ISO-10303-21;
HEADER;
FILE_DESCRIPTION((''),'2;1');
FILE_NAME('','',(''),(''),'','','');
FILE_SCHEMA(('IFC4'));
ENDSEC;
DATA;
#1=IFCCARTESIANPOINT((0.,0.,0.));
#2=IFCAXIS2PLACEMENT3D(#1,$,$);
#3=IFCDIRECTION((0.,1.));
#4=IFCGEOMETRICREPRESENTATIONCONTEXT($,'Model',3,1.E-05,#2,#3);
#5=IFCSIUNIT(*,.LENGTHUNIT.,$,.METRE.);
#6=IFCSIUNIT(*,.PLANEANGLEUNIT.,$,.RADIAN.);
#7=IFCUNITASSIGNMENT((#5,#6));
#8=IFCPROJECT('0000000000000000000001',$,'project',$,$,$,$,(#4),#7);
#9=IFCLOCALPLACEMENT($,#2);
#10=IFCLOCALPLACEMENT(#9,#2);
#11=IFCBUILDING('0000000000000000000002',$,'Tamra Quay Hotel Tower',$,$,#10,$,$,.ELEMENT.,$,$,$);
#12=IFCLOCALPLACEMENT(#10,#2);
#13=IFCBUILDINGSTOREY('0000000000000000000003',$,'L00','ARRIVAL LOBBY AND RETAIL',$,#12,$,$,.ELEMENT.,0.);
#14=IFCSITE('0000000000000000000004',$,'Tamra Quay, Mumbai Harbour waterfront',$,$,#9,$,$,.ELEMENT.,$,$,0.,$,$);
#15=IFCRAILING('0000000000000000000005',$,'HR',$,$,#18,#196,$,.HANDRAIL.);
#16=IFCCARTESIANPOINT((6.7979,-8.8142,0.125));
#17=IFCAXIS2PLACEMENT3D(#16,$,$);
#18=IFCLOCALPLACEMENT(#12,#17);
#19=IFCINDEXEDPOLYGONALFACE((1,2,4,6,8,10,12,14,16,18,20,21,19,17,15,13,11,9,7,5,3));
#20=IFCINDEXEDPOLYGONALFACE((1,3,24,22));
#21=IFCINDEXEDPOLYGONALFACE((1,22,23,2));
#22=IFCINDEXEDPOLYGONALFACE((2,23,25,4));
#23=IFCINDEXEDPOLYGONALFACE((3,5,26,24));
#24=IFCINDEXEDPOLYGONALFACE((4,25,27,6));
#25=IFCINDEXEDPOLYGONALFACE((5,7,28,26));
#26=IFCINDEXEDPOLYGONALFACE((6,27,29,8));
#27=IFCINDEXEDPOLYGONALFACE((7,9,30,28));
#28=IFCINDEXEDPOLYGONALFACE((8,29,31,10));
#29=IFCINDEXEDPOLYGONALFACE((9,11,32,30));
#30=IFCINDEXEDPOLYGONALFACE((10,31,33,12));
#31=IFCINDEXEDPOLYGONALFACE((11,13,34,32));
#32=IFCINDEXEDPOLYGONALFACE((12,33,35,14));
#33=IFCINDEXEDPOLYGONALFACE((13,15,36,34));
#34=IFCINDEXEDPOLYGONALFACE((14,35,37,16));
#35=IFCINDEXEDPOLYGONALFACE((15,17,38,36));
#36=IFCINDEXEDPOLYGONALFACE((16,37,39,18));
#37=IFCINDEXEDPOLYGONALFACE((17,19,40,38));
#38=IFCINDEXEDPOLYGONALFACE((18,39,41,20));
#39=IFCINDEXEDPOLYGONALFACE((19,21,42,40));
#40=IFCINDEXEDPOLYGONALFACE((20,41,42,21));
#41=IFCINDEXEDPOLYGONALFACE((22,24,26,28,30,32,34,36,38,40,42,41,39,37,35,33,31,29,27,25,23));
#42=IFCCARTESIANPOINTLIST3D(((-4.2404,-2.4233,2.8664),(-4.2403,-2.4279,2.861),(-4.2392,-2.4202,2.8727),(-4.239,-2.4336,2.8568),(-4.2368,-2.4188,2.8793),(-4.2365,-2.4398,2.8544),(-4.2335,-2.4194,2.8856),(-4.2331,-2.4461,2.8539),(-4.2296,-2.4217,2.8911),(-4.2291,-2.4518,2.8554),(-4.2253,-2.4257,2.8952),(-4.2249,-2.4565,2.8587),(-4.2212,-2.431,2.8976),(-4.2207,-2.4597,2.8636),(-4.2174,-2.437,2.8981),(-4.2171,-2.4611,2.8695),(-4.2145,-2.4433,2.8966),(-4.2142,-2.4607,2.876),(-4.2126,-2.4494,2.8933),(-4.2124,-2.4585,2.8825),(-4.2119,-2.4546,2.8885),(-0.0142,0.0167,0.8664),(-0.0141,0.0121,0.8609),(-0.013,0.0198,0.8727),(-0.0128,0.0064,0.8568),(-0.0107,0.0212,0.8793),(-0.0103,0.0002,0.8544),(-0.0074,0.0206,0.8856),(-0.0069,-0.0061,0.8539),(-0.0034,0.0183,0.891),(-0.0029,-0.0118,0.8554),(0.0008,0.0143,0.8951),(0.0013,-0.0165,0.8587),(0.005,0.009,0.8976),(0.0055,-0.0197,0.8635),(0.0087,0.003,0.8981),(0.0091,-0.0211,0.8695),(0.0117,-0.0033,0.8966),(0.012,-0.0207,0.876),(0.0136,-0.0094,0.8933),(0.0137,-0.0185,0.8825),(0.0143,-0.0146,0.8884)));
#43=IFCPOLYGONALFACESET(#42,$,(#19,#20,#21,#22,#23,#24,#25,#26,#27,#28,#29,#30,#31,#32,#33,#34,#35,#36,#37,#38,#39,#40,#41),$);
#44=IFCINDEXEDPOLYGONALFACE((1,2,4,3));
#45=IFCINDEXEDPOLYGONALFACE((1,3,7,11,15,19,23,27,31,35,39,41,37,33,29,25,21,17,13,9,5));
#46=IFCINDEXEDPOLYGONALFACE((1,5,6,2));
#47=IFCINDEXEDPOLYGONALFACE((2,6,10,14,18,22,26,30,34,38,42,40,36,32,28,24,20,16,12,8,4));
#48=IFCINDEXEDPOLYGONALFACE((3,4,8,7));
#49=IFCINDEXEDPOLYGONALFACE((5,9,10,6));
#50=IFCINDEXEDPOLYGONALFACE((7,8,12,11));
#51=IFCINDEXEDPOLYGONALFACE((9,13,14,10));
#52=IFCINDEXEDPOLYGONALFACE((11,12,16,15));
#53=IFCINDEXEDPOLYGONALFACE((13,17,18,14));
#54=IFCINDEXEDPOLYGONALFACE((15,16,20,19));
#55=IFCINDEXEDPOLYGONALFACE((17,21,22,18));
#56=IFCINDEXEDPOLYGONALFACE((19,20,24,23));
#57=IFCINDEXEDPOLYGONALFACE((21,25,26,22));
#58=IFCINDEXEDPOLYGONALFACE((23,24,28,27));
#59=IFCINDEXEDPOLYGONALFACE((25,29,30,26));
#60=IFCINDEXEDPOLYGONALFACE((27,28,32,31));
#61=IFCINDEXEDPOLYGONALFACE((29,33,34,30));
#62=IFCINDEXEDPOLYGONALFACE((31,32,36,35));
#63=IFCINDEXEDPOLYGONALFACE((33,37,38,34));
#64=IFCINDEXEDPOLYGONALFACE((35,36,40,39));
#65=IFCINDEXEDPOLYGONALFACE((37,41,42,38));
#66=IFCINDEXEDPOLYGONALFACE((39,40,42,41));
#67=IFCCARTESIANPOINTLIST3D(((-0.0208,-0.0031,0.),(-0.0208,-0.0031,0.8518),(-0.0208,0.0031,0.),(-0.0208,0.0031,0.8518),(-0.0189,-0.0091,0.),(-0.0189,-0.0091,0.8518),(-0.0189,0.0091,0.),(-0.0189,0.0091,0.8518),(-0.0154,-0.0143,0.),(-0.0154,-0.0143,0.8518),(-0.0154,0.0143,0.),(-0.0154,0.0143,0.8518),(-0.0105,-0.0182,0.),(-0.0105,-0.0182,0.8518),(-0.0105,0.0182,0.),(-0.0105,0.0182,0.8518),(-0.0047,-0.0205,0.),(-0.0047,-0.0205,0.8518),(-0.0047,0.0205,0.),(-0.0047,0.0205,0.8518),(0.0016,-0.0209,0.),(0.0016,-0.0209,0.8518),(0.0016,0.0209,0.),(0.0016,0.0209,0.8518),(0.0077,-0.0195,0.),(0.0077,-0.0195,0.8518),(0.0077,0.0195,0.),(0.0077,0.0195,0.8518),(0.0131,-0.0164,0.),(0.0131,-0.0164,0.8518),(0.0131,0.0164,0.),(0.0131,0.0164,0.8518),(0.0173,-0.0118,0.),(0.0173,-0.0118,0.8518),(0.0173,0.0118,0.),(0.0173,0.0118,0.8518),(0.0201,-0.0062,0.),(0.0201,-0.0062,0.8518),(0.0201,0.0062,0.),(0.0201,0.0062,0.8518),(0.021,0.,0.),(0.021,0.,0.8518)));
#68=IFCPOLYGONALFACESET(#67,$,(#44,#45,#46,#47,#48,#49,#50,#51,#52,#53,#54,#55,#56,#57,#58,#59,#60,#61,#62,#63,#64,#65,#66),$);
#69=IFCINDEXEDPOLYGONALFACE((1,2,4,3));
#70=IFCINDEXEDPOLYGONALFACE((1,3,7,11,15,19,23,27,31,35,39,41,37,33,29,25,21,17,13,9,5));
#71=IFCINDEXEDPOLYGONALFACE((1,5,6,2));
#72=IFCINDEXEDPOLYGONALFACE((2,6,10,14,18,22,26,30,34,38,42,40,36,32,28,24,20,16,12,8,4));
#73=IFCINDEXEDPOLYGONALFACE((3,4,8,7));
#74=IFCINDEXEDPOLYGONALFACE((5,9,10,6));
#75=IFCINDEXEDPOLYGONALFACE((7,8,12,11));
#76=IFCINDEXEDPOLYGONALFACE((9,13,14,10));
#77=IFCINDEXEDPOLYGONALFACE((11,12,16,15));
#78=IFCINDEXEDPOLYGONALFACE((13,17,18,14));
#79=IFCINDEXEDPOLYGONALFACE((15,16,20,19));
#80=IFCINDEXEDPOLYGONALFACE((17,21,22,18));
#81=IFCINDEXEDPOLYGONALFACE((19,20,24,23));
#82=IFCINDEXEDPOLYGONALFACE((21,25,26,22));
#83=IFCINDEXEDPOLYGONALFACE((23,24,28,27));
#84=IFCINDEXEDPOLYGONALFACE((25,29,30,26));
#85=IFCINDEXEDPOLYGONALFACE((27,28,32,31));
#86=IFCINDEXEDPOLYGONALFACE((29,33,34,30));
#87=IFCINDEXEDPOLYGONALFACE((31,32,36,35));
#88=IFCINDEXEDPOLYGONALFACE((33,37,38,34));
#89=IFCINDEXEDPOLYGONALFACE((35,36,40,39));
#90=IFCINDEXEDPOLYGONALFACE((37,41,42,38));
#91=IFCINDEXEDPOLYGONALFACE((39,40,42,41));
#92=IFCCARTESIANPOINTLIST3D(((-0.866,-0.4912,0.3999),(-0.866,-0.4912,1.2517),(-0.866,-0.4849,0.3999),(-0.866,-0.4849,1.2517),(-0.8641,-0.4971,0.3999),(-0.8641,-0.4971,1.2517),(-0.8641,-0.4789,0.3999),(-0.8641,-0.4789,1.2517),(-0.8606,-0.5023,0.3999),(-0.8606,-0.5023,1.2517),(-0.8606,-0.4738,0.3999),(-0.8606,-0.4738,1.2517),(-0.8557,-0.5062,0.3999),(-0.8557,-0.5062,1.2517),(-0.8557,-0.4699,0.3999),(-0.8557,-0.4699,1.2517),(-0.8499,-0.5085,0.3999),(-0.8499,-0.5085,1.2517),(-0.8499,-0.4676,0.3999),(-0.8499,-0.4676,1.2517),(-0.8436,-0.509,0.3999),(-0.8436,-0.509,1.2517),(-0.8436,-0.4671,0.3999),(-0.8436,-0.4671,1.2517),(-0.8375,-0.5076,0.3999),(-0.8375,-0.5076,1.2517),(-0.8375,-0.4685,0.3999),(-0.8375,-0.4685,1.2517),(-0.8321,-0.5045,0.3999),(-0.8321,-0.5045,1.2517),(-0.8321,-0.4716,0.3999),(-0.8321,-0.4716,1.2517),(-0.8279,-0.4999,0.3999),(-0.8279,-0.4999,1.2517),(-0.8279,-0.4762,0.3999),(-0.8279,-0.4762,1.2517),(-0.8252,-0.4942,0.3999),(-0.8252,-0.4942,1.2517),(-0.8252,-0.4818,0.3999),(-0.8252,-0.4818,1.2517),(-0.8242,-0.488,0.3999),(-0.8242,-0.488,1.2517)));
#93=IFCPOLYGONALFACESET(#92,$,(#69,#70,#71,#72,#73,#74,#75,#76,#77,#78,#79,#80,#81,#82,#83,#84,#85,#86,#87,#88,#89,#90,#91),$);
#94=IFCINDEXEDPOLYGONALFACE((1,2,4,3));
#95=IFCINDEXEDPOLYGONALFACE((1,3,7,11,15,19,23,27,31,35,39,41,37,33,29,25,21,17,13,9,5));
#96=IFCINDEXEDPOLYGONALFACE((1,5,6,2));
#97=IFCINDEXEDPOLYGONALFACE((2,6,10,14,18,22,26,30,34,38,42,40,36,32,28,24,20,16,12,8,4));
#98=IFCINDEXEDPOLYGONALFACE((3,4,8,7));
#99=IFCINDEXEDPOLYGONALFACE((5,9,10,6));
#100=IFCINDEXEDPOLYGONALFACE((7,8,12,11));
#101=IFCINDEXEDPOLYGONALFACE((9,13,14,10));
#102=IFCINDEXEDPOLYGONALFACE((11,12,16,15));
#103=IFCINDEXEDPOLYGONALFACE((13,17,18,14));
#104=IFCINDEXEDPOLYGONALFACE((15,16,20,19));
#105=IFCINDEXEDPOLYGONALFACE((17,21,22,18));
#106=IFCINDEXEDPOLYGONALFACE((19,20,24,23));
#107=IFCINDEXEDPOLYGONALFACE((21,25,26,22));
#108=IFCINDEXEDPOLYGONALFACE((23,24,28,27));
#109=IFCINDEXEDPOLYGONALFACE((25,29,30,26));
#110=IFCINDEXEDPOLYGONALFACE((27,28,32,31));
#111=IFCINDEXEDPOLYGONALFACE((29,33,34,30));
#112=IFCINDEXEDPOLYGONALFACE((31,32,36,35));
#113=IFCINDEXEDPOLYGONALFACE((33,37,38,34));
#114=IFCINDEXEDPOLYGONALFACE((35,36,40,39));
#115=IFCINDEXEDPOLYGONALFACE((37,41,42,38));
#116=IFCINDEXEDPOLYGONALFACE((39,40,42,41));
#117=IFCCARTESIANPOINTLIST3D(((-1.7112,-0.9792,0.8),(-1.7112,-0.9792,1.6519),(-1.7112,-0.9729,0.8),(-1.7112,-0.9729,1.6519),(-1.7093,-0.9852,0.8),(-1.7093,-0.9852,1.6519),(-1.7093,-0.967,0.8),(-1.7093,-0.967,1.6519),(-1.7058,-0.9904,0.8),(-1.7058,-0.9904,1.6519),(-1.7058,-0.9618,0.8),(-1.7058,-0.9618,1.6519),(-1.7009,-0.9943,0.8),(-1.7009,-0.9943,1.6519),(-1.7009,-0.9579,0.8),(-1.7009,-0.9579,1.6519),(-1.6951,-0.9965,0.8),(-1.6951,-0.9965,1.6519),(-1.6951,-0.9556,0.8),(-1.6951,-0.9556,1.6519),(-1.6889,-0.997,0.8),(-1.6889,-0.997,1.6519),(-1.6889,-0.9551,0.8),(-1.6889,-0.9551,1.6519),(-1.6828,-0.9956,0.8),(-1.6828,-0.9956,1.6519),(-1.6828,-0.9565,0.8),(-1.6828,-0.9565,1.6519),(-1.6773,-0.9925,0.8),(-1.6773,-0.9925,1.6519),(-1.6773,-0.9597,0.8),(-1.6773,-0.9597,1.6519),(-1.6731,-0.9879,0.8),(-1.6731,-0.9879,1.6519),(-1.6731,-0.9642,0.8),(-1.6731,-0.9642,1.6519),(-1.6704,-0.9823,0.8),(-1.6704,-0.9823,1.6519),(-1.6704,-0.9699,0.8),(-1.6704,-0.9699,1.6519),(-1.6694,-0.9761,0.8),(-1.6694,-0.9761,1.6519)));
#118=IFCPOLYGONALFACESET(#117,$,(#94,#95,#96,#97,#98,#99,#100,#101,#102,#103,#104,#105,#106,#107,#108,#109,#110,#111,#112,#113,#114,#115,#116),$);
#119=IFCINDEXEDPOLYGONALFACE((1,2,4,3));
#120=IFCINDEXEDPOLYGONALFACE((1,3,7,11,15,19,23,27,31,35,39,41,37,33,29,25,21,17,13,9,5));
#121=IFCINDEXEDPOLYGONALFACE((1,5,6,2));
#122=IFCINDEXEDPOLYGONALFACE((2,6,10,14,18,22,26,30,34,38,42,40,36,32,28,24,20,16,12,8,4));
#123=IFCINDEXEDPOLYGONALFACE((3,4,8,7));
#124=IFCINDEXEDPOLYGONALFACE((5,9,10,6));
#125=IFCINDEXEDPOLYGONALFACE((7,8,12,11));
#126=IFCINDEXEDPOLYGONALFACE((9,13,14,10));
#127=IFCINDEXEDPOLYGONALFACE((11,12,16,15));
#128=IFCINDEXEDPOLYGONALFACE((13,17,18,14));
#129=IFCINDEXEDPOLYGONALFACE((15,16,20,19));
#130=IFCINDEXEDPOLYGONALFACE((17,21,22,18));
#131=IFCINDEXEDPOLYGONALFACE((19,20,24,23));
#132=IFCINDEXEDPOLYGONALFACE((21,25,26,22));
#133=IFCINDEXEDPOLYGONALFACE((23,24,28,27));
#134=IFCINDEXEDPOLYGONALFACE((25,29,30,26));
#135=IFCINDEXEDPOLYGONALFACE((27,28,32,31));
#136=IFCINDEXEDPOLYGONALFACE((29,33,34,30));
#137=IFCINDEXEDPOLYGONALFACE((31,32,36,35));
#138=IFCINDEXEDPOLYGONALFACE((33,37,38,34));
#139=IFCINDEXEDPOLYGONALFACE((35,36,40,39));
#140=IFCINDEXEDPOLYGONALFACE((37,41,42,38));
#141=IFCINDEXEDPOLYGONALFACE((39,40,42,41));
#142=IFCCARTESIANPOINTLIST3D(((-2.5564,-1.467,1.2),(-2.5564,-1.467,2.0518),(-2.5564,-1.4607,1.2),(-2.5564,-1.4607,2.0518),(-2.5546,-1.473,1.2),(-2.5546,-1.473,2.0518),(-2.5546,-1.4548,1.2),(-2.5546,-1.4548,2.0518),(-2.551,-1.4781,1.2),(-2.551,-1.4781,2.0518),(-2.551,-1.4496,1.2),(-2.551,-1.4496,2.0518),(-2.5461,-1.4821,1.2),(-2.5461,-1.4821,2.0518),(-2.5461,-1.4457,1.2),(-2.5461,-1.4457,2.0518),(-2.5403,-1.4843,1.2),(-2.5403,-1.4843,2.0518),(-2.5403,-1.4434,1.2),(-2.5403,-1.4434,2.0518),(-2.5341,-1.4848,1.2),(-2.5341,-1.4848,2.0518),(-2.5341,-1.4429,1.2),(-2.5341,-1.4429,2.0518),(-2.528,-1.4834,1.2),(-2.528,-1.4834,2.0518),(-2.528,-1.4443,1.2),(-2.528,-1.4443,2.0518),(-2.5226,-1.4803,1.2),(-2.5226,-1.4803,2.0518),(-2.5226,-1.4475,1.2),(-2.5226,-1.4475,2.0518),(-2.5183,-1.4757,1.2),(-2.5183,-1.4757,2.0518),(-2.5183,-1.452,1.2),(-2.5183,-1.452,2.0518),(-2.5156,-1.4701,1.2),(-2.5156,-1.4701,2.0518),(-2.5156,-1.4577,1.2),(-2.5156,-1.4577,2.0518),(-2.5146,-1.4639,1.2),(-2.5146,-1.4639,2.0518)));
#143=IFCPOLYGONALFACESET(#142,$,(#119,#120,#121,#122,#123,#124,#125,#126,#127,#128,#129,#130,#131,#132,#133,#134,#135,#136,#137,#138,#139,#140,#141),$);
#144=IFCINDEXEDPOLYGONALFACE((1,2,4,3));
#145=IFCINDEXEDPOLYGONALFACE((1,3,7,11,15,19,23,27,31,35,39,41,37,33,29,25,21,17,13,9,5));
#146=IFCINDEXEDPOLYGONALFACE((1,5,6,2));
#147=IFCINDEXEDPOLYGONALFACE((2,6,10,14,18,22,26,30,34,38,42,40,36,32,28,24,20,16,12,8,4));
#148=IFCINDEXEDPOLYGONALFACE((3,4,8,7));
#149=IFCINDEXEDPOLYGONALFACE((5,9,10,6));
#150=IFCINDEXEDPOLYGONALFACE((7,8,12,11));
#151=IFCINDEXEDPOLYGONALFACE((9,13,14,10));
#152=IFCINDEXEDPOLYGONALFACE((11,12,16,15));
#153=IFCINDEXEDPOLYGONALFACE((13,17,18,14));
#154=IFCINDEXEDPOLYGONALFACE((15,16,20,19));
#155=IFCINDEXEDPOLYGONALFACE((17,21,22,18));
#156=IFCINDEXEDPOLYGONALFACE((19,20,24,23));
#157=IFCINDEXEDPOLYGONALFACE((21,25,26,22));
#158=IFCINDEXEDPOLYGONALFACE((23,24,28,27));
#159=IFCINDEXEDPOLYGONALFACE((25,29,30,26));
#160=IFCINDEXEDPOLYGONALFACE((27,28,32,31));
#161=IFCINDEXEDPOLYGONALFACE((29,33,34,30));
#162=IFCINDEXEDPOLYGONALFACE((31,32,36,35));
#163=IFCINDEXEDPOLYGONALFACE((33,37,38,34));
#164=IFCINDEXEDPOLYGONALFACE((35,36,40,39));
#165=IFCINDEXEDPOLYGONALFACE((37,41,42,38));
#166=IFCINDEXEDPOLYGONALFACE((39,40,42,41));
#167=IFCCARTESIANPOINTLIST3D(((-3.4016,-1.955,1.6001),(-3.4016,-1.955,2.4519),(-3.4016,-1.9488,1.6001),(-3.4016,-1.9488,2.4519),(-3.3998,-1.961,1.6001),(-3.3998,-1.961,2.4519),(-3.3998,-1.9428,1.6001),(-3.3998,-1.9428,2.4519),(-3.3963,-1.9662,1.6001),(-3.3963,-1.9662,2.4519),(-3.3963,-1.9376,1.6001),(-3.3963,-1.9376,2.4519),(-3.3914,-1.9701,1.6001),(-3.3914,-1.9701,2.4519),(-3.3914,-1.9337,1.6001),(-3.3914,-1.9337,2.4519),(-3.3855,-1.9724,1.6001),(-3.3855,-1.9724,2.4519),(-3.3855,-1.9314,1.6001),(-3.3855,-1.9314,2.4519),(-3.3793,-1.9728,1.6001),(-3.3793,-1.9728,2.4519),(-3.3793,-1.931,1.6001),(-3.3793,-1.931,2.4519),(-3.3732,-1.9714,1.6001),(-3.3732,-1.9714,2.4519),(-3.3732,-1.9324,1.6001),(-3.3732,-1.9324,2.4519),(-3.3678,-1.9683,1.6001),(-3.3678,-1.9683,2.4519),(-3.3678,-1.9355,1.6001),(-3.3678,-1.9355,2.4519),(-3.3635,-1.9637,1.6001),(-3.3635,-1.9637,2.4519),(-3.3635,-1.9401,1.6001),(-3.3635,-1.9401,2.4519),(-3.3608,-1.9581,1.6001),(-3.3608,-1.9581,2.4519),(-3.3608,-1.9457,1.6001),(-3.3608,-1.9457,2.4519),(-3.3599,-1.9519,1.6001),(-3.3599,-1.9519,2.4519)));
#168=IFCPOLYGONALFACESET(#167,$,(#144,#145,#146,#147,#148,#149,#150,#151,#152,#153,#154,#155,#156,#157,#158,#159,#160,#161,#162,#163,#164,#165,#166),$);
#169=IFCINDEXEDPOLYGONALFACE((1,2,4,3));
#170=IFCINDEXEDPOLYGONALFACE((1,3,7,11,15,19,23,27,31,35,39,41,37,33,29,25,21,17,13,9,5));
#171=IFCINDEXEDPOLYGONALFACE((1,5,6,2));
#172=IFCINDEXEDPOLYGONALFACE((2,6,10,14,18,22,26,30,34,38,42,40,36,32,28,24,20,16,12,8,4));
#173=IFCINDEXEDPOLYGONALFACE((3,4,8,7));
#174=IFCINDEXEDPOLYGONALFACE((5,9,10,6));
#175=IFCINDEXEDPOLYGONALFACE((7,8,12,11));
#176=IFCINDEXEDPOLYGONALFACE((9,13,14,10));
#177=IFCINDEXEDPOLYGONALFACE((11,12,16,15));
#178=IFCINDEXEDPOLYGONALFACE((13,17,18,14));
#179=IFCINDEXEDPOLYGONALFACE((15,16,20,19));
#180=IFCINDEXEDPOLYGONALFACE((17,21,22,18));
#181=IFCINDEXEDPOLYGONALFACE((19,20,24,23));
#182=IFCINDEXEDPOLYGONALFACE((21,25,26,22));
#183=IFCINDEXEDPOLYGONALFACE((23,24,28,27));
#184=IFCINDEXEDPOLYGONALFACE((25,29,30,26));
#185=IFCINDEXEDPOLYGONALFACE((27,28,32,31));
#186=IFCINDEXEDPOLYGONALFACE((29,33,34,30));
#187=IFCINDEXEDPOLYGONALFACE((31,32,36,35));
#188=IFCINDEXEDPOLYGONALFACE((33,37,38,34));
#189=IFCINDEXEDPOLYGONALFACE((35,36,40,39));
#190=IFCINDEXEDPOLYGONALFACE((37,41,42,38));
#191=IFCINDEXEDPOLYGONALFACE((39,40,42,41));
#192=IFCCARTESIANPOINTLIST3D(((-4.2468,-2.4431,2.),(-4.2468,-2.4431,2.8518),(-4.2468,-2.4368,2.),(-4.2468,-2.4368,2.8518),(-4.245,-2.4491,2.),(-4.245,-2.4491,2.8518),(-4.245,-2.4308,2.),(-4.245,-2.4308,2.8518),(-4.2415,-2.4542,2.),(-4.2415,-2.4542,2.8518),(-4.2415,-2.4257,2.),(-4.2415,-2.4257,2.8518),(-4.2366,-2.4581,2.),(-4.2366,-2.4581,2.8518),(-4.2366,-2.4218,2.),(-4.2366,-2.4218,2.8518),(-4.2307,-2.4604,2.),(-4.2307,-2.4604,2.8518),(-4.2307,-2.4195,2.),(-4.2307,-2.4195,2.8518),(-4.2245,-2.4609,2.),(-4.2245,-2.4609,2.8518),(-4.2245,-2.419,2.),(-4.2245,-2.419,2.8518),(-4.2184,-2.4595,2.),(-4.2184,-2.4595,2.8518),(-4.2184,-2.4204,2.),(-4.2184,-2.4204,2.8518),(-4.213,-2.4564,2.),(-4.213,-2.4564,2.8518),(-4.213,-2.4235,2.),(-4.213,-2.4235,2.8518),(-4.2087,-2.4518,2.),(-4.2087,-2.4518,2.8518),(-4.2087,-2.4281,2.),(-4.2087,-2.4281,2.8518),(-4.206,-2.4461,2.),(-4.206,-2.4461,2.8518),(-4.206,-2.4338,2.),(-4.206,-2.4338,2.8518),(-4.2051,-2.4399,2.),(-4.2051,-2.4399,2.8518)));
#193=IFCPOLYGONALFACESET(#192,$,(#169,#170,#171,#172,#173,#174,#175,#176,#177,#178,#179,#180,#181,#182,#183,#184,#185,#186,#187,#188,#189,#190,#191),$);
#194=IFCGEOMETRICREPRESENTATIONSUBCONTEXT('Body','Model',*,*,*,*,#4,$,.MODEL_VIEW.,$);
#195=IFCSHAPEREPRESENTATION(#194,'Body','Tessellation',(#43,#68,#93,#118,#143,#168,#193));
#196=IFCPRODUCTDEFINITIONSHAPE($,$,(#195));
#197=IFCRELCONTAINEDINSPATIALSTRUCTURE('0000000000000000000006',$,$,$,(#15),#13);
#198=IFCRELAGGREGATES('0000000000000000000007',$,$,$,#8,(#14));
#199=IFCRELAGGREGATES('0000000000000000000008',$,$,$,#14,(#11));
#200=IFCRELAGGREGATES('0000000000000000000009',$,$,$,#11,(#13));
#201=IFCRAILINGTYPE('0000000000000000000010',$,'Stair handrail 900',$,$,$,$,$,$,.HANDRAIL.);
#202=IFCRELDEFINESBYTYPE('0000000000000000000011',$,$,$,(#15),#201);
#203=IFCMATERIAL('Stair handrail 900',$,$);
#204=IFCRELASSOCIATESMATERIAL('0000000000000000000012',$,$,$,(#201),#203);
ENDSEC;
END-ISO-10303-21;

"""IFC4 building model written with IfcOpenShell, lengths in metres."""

from ifc_helpers import new_model, si_unit, direction, frame, origin, origin_2d, place, context, subcontext, project, spatial, circle, extrude, material, type_object, element, save


model = new_model("IFC4")

# Units and contexts
model_context = context("Model", 3, precision=1e-05, world=origin(), true_north=direction((0.0, 1.0)))
body_context = subcontext(model_context, "Body", "Model", "MODEL_VIEW")
ifc_project = project(units=[si_unit("LENGTHUNIT", "METRE"), si_unit("PLANEANGLEUNIT", "RADIAN")], contexts=[model_context])

# Site, building, storey
site_placement = place(None, origin())
site = spatial("IfcSite", under=ifc_project, at=site_placement, Name="Tamra Quay, Mumbai Harbour waterfront", CompositionType="ELEMENT", RefElevation=0.0)
building_placement = place(site_placement, origin())
building = spatial("IfcBuilding", under=site, at=building_placement, Name="Tamra Quay Hotel Tower", CompositionType="ELEMENT")
storey_placement = place(building_placement, origin())
storey = spatial("IfcBuildingStorey", under=building, at=storey_placement, Name="L00", Description="ARRIVAL LOBBY AND RETAIL", CompositionType="ELEMENT", Elevation=0.0)

# Railing
ifc_material_1 = material(Name="Stair handrail 900")
railing_type_1 = type_object("IfcRailingType", Name="Stair handrail 900", PredefinedType="HANDRAIL", material=ifc_material_1)
railing_1_placement = place(storey_placement, frame((6.7979, -8.8142, 0.125)))
element("IfcRailing", 1, at=railing_1_placement, inside=storey, type_object=railing_type_1, Name="HR", PredefinedType="HANDRAIL", context=body_context, shape_type="SweptSolid", body=[
    extrude(circle(Radius=0.0239, at=origin_2d()), frame((0.0, 0.0, 0.876), z_axis=(-0.801333, -0.462653, 0.379233), x_axis=(0.500003, -0.866024, 0.0)), (0.0, 0.0, 1.0), 5.2739),
    extrude(circle(Radius=0.021, at=origin_2d()), origin(), (0.0, 0.0, 1.0), 0.8518),
    extrude(circle(Radius=0.021, at=origin_2d()), frame((-0.8452, -0.488, 0.3999)), (0.0, 0.0, 1.0), 0.8518),
    extrude(circle(Radius=0.021, at=origin_2d()), frame((-1.6904, -0.9761, 0.8)), (0.0, 0.0, 1.0), 0.8518),
    extrude(circle(Radius=0.021, at=origin_2d()), frame((-2.5356, -1.4639, 1.2)), (0.0, 0.0, 1.0), 0.8518),
    extrude(circle(Radius=0.021, at=origin_2d()), frame((-3.3809, -1.9519, 1.6001)), (0.0, 0.0, 1.0), 0.8518),
    extrude(circle(Radius=0.021, at=origin_2d()), frame((-4.2261, -2.4399, 2.0)), (0.0, 0.0, 1.0), 0.8518),
])

save(model, "model.ifc")
